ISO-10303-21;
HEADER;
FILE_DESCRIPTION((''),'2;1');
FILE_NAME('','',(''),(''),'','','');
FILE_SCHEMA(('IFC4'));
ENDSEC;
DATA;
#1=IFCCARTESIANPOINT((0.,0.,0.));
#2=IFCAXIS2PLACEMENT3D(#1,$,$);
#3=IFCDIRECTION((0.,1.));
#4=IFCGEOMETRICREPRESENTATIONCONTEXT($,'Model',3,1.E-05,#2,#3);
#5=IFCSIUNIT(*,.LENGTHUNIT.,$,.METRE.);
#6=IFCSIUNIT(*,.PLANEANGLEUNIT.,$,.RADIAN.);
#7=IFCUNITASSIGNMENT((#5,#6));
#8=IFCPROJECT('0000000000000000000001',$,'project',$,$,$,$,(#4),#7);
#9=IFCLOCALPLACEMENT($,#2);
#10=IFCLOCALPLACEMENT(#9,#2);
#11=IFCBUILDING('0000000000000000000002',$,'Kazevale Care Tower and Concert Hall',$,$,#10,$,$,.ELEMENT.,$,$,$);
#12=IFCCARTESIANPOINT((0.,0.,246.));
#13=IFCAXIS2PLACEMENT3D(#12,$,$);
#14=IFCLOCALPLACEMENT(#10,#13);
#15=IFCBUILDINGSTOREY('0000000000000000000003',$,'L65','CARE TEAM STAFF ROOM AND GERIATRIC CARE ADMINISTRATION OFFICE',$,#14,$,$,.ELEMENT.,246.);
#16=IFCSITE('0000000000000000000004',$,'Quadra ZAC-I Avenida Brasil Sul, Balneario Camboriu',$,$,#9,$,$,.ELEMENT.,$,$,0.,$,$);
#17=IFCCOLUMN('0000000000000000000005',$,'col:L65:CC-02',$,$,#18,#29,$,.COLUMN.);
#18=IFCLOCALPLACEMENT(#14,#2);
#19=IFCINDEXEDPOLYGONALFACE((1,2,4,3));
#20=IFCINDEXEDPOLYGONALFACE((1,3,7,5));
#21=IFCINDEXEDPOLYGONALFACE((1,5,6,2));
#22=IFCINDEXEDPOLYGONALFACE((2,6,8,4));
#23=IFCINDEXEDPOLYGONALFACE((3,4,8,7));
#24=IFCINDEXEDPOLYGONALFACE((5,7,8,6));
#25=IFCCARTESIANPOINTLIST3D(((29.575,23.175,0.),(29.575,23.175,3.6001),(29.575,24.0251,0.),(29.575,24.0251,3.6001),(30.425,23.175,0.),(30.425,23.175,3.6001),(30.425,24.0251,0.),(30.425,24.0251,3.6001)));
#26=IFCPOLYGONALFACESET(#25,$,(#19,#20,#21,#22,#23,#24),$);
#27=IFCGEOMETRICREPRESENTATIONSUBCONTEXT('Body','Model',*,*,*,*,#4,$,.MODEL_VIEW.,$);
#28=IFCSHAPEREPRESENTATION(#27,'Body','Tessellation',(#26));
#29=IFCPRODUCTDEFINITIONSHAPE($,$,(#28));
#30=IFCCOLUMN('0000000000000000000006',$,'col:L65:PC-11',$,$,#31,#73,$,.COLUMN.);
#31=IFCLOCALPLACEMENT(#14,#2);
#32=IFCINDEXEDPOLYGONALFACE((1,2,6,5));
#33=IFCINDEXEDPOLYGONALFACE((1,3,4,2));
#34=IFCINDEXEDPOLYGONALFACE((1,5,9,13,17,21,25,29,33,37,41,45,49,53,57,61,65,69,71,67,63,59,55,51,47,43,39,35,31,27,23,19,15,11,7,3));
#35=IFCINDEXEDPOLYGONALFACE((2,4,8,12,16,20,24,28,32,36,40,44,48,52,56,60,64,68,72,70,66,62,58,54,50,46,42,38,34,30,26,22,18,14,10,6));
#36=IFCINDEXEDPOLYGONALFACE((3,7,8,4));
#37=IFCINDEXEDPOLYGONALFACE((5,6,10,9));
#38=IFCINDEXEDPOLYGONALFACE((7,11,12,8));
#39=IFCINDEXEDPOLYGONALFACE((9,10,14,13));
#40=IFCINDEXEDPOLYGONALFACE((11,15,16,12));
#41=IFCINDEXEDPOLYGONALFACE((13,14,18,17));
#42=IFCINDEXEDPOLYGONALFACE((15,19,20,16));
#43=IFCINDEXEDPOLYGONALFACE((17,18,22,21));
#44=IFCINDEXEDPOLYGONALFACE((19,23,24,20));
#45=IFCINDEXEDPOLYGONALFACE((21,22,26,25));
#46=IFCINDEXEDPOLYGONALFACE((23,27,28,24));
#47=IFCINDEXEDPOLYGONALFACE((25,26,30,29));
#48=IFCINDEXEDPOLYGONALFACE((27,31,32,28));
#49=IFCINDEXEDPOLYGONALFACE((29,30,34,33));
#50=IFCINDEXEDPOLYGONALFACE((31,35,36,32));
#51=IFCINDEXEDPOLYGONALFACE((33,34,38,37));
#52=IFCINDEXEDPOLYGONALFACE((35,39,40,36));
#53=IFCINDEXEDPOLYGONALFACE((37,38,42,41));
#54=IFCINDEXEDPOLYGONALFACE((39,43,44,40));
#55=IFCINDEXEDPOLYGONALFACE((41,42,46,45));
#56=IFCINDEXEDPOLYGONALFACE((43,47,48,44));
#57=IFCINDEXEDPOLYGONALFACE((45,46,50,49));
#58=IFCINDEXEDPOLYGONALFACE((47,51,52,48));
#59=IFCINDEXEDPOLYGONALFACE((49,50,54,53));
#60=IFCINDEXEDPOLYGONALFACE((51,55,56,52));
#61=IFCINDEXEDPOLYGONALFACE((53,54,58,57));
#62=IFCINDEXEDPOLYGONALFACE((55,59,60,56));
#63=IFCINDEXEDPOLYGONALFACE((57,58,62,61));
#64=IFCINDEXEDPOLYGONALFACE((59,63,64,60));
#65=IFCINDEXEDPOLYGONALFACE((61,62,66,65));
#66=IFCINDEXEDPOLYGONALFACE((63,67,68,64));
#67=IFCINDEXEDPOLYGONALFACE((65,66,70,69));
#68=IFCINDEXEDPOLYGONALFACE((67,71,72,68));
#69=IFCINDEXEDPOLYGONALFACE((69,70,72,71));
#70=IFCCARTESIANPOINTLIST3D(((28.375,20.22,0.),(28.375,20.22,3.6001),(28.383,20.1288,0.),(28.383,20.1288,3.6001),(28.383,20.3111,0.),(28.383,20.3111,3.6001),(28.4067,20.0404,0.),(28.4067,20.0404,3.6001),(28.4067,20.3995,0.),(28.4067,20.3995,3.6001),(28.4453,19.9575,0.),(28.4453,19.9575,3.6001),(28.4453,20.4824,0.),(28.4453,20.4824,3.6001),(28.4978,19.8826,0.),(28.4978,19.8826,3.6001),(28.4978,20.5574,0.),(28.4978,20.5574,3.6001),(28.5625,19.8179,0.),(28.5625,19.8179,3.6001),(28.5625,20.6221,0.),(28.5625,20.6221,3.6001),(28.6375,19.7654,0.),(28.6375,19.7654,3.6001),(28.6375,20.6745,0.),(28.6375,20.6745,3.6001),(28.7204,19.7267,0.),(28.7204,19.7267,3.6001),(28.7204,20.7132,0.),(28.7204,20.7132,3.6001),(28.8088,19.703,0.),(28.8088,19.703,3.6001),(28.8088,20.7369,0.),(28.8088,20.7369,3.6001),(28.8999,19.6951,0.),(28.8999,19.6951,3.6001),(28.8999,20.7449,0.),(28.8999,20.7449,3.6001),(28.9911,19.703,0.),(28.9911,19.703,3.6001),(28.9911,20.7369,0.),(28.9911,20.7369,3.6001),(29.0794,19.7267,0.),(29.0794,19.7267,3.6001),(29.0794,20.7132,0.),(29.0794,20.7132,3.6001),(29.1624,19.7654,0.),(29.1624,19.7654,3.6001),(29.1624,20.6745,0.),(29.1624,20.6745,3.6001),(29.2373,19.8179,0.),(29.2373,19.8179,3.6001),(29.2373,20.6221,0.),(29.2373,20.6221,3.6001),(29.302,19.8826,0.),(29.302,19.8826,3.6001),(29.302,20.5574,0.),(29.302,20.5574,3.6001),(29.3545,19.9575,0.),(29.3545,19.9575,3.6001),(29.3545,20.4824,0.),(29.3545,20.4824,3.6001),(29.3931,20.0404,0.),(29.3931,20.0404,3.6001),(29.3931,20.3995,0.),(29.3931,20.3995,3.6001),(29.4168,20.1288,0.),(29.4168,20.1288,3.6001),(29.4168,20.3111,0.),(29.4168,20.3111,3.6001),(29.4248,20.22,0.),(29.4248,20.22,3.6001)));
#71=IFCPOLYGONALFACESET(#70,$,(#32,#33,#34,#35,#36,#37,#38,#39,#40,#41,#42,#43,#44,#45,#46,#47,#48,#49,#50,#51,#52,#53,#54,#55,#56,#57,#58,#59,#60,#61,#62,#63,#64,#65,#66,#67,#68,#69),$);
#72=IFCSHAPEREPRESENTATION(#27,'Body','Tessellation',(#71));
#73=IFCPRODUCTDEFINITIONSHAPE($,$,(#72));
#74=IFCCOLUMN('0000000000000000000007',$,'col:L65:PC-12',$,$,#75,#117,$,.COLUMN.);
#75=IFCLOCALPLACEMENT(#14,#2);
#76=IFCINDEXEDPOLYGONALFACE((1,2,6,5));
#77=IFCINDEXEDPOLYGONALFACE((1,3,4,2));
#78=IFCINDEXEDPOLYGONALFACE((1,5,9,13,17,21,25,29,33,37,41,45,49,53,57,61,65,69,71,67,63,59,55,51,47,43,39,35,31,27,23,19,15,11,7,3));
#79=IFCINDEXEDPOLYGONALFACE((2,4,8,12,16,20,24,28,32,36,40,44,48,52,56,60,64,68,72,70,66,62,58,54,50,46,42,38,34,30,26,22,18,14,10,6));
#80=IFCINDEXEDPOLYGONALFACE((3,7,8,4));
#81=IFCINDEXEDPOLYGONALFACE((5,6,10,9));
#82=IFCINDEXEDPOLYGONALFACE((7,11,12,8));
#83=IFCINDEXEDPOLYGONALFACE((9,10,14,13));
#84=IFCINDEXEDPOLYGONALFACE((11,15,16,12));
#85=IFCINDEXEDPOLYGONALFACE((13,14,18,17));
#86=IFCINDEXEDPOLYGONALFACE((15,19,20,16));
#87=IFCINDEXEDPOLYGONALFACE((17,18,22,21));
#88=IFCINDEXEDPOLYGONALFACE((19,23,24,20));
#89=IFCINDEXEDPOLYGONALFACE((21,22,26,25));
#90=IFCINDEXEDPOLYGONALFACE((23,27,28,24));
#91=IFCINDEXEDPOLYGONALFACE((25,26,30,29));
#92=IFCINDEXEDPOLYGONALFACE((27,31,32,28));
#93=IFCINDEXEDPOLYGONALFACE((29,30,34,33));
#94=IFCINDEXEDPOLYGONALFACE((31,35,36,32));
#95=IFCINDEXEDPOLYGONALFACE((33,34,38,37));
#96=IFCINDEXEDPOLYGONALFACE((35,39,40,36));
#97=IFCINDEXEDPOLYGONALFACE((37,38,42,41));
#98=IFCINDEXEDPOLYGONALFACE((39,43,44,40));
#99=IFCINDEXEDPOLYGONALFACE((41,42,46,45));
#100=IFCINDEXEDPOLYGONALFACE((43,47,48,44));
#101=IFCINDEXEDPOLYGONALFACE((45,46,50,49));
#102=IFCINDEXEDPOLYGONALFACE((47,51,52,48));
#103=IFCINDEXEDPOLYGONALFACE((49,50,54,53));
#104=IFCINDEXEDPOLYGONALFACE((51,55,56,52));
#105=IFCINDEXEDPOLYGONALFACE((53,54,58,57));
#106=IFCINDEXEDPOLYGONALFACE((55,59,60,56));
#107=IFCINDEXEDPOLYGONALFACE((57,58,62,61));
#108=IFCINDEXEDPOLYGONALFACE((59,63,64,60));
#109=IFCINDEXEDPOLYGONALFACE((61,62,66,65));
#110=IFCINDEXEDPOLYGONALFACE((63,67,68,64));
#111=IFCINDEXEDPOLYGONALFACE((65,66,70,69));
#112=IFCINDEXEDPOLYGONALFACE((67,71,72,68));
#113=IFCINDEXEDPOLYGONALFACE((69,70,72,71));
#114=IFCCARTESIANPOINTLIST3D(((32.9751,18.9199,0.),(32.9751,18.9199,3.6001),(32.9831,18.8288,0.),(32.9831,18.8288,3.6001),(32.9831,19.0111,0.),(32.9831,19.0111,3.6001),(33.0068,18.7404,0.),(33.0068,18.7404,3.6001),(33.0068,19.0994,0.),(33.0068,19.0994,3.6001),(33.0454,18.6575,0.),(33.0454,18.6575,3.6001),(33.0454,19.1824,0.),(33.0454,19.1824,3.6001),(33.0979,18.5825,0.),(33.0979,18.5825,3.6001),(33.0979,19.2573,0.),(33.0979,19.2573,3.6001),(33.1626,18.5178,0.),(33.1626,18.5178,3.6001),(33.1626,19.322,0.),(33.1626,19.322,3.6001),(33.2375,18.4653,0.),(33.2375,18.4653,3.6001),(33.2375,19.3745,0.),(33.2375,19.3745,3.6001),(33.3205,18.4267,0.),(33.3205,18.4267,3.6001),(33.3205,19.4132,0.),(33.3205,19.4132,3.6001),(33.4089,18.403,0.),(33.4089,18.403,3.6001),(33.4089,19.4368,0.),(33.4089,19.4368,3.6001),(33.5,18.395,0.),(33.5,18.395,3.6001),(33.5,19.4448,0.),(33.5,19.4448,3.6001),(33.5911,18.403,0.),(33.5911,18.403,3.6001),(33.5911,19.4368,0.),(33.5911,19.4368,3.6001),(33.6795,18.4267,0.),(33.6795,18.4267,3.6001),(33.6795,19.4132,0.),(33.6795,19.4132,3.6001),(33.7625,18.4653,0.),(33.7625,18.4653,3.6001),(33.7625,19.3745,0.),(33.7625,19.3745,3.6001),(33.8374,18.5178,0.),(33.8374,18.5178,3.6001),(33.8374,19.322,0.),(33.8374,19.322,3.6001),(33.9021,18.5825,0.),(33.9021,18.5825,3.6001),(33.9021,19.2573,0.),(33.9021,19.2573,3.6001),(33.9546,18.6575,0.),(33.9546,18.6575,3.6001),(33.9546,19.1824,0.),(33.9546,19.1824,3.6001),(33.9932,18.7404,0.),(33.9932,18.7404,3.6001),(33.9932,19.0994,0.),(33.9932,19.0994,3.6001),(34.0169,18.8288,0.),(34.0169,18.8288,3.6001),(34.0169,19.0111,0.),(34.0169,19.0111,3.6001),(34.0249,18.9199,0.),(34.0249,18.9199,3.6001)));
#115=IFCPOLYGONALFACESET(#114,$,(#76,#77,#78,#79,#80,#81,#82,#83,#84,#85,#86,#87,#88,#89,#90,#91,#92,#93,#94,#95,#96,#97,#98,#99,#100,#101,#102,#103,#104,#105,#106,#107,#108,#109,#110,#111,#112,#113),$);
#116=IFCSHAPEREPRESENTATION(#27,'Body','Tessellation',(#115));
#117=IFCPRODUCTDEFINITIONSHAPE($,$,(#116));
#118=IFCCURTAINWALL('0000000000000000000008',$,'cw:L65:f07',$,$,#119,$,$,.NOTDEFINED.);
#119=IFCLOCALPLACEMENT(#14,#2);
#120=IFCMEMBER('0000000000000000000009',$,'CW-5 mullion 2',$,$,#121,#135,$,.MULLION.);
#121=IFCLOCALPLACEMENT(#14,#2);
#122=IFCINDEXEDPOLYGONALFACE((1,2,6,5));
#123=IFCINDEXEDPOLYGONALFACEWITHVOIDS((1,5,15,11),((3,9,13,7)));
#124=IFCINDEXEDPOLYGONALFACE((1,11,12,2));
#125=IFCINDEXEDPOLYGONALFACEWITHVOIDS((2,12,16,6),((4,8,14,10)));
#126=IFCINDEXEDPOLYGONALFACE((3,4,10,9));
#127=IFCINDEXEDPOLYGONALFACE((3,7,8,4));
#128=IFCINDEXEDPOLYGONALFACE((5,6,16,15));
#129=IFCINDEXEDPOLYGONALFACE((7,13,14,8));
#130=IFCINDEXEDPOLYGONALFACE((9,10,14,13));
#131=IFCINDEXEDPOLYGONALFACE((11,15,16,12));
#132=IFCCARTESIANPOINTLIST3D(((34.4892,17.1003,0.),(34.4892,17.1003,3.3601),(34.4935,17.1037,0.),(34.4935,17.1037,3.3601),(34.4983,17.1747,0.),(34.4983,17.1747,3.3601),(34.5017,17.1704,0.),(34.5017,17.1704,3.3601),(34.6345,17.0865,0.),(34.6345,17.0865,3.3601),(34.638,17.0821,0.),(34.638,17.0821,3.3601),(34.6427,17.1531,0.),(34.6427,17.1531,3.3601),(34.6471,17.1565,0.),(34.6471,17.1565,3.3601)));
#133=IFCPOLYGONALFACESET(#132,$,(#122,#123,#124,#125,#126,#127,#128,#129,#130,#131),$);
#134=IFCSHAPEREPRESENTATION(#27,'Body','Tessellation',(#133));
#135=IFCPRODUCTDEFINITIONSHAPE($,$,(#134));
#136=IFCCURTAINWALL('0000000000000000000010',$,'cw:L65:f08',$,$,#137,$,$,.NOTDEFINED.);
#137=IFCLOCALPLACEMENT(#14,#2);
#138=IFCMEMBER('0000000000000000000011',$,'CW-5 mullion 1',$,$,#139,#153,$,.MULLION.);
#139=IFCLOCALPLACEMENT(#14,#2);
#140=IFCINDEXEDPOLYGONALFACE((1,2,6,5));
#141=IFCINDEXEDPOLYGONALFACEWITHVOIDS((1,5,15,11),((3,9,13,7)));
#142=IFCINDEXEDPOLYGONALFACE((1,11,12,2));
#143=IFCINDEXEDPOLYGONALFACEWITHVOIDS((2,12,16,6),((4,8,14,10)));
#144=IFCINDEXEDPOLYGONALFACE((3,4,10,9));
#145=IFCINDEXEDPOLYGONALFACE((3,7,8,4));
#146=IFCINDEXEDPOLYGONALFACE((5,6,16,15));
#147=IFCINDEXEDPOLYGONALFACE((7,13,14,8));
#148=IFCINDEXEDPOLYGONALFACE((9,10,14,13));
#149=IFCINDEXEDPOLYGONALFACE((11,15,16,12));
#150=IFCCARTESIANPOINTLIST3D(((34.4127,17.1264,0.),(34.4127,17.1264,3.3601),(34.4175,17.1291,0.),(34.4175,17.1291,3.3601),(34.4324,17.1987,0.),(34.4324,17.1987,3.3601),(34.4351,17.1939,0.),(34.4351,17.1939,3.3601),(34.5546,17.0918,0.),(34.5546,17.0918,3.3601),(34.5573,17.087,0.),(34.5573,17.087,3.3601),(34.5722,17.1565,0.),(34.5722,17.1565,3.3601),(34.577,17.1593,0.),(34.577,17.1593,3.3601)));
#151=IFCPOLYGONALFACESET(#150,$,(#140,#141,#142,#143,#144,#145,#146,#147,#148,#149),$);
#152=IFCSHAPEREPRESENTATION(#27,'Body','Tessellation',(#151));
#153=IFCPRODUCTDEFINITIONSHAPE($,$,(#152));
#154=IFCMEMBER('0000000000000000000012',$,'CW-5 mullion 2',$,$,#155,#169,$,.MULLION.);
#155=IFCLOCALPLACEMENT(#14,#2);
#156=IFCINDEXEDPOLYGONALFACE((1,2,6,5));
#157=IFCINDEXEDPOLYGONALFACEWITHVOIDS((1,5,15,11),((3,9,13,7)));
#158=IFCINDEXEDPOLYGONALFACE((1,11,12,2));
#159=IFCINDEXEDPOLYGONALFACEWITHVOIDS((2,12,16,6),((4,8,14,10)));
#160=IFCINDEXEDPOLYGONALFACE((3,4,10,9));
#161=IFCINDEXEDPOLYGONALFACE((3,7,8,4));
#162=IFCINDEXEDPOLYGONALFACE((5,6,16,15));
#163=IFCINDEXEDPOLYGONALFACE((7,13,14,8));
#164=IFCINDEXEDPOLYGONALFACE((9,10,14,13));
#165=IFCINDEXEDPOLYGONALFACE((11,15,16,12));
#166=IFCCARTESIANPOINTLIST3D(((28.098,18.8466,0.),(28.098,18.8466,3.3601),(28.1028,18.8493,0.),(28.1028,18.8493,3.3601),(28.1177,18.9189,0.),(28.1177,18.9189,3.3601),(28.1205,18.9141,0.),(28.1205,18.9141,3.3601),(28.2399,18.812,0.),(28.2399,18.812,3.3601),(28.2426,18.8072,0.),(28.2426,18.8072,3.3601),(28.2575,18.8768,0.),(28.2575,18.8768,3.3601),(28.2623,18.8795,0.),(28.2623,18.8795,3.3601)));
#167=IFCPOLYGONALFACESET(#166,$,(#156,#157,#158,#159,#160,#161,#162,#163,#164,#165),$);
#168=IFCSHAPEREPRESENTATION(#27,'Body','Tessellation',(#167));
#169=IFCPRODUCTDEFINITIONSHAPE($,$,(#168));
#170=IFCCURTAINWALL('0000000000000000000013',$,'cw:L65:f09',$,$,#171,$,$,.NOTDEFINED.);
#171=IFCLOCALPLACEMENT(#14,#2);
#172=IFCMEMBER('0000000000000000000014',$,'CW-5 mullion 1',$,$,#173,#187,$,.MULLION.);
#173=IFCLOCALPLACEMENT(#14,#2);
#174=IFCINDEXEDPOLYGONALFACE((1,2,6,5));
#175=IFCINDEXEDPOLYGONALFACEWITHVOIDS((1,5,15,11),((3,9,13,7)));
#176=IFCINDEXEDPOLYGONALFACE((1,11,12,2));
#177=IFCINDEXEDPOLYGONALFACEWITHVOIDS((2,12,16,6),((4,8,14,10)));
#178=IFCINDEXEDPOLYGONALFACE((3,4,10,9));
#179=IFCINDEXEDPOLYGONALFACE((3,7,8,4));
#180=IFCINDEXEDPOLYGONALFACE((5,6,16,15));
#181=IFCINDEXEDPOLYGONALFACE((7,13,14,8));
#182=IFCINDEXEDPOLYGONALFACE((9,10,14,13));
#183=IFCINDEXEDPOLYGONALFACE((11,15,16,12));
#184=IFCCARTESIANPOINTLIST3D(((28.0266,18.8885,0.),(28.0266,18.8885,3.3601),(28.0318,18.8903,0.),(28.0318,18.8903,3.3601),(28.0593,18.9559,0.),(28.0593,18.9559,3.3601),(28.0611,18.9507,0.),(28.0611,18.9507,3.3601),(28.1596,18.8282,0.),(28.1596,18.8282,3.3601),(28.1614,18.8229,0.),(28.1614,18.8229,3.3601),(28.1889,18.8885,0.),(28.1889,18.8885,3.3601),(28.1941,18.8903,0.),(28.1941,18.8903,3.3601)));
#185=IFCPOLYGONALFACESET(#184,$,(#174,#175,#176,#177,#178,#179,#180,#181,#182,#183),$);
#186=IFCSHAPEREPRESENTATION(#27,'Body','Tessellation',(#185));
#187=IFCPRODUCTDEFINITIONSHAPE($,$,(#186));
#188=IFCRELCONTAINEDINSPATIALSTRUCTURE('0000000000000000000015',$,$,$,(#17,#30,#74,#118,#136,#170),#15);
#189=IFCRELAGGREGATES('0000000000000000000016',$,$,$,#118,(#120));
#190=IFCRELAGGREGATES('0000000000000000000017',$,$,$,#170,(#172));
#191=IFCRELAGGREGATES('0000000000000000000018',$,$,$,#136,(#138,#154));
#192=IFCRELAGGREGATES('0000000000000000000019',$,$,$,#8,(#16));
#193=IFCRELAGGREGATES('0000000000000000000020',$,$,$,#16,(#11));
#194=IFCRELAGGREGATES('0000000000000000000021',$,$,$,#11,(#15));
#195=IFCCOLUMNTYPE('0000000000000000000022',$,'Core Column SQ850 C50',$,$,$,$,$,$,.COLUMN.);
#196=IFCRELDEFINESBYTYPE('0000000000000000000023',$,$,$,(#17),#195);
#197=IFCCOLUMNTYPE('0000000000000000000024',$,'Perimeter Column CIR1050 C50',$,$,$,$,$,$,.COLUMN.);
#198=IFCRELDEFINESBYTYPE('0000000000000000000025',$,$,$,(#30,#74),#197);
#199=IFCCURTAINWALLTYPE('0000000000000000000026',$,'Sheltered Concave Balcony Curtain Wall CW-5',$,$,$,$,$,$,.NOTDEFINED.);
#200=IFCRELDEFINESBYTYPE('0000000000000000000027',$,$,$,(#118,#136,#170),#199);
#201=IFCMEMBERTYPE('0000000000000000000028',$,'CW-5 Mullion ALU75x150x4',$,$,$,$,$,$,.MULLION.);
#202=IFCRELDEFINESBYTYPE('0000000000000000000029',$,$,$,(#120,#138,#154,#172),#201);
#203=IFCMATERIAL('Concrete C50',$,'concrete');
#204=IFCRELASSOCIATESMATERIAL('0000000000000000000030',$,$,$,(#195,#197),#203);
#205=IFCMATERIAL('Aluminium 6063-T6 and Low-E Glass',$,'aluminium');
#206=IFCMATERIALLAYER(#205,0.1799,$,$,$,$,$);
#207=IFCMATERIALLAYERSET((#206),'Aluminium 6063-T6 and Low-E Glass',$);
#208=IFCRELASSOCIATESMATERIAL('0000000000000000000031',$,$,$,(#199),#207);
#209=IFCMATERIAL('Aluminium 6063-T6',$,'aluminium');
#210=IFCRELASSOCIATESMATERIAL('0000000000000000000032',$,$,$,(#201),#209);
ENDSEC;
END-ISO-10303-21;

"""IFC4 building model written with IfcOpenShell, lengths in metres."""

from ifc_helpers import new_model, si_unit, direction, frame, origin, origin_2d, place, context, subcontext, project, spatial, rectangle, hollow_rectangle, circle, extrude, material, layer, layer_set, material_profile, profile_set, type_object, element, aggregate, save


model = new_model("IFC4")

# Units and contexts
model_context = context("Model", 3, precision=1e-05, world=origin(), true_north=direction((0.0, 1.0)))
body_context = subcontext(model_context, "Body", "Model", "MODEL_VIEW")
ifc_project = project(units=[si_unit("LENGTHUNIT", "METRE"), si_unit("PLANEANGLEUNIT", "RADIAN")], contexts=[model_context])

# Site, building, storey
site_placement = place(None, origin())
site = spatial("IfcSite", under=ifc_project, at=site_placement, Name="Quadra ZAC-I Avenida Brasil Sul, Balneario Camboriu", CompositionType="ELEMENT", RefElevation=0.0)
building_placement = place(site_placement, origin())
building = spatial("IfcBuilding", under=site, at=building_placement, Name="Kazevale Care Tower and Concert Hall", CompositionType="ELEMENT")
storey_placement = place(building_placement, frame((0.0, 0.0, 246.0)))
storey = spatial("IfcBuildingStorey", under=building, at=storey_placement, Name="L65", Description="CARE TEAM STAFF ROOM AND GERIATRIC CARE ADMINISTRATION OFFICE", CompositionType="ELEMENT", Elevation=246.0)

# Columns
ifc_material_1 = material(Name="Concrete C50", Category="concrete")
ifc_material_profile_1 = material_profile(ifc_material_1, rectangle(XDim=0.8501, YDim=0.8501, at=origin_2d()), Name="RC-SQ850")
ifc_profile_set_1 = profile_set([ifc_material_profile_1], Name="Concrete C50")
column_type_1 = type_object("IfcColumnType", Name="Core Column SQ850 C50", PredefinedType="COLUMN", material=ifc_profile_set_1)
column_placement = place(storey_placement, frame((30.0, 23.6001, 0.0), z_axis=(0.0, 0.0, 1.0), x_axis=(1.0, 0.0, 0.0)))
element("IfcColumn", 1, at=column_placement, inside=storey, type_object=column_type_1, Name="col:L65:CC-02", PredefinedType="COLUMN", context=body_context, shape_type="SweptSolid", body=[
    extrude(rectangle(XDim=0.8501, YDim=0.8501, at=origin_2d()), origin(), (0.0, 0.0, 1.0), 3.6001),
])
ifc_material_profile_2 = material_profile(ifc_material_1, circle(Radius=0.5249, at=origin_2d()), Name="RC-CIR1050")
ifc_profile_set_2 = profile_set([ifc_material_profile_2], Name="Concrete C50")
column_type_2 = type_object("IfcColumnType", Name="Perimeter Column CIR1050 C50", PredefinedType="COLUMN", material=ifc_profile_set_2)
for number, where, z_axis, x_axis, name in (
    (2, (28.8999, 20.22, 0.0), (0.0, 0.0, 1.0), (1.0, 0.0, 0.0), "col:L65:PC-11"),
    (3, (33.5, 18.9199, 0.0), (0.0, 0.0, 1.0), (1.0, 0.0, 0.0), "col:L65:PC-12"),
):
    element("IfcColumn", number, at=place(storey_placement, frame(where, z_axis=z_axis, x_axis=x_axis)), inside=storey, type_object=column_type_2, Name=name, PredefinedType="COLUMN", context=body_context, shape_type="SweptSolid", body=[
        extrude(circle(Radius=0.5249, at=origin_2d()), origin(), (0.0, 0.0, 1.0), 3.6001),
    ])

# Curtain wall, member
ifc_material_2 = material(Name="Aluminium 6063-T6 and Low-E Glass", Category="aluminium")
ifc_layer_1 = layer(ifc_material_2, 0.1799)
ifc_layer_set_1 = layer_set([ifc_layer_1], Name="Aluminium 6063-T6 and Low-E Glass")
curtain_wall_type = type_object("IfcCurtainWallType", Name="Sheltered Concave Balcony Curtain Wall CW-5", PredefinedType="NOTDEFINED", material=ifc_layer_set_1)
curtain_wall_1_placement = place(storey_placement, origin())
curtain_wall_1 = element("IfcCurtainWall", 4, at=curtain_wall_1_placement, inside=storey, type_object=curtain_wall_type, Name="cw:L65:f07", PredefinedType="NOTDEFINED")
ifc_material_3 = material(Name="Aluminium 6063-T6", Category="aluminium")
ifc_material_profile_3 = material_profile(ifc_material_3, hollow_rectangle(XDim=0.075, YDim=0.1499, WallThickness=0.0039, at=origin_2d()), Name="ALU75x150x4")
ifc_profile_set_3 = profile_set([ifc_material_profile_3], Name="Aluminium 6063-T6")
member_type_1 = type_object("IfcMemberType", Name="CW-5 Mullion ALU75x150x4", PredefinedType="MULLION", material=ifc_profile_set_3)
member_1_placement = place(storey_placement, frame((34.5681, 17.1284, 0.0), z_axis=(0.0, 0.0, 1.0), x_axis=(-0.121651, -0.992573, 0.0)))
member_1 = element("IfcMember", 5, at=member_1_placement, type_object=member_type_1, Name="CW-5 mullion 2", PredefinedType="MULLION", context=body_context, shape_type="SweptSolid", body=[
    extrude(hollow_rectangle(XDim=0.075, YDim=0.1499, WallThickness=0.0039, at=origin_2d()), origin(), (0.0, 0.0, 1.0), 3.3601),
])
aggregate(curtain_wall_1, [member_1])

# Curtain wall, members
curtain_wall_2_placement = place(storey_placement, origin())
curtain_wall_2 = element("IfcCurtainWall", 6, at=curtain_wall_2_placement, inside=storey, type_object=curtain_wall_type, Name="cw:L65:f08", PredefinedType="NOTDEFINED")
member_2_placement = place(storey_placement, frame((34.4949, 17.1428, 0.0), z_axis=(0.0, 0.0, 1.0), x_axis=(-0.262849, -0.964837, 0.0)))
member_2 = element("IfcMember", 7, at=member_2_placement, type_object=member_type_1, Name="CW-5 mullion 1", PredefinedType="MULLION", context=body_context, shape_type="SweptSolid", body=[
    extrude(hollow_rectangle(XDim=0.075, YDim=0.1499, WallThickness=0.0039, at=origin_2d()), origin(), (0.0, 0.0, 1.0), 3.3601),
])
member_3_placement = place(storey_placement, frame((28.1802, 18.863, 0.0), z_axis=(0.0, 0.0, 1.0), x_axis=(-0.262849, -0.964837, 0.0)))
member_3 = element("IfcMember", 8, at=member_3_placement, type_object=member_type_1, Name="CW-5 mullion 2", PredefinedType="MULLION", context=body_context, shape_type="SweptSolid", body=[
    extrude(hollow_rectangle(XDim=0.075, YDim=0.1499, WallThickness=0.0039, at=origin_2d()), origin(), (0.0, 0.0, 1.0), 3.3601),
])

# Curtain wall, member
curtain_wall_3_placement = place(storey_placement, origin())
curtain_wall_3 = element("IfcCurtainWall", 9, at=curtain_wall_3_placement, inside=storey, type_object=curtain_wall_type, Name="cw:L65:f09", PredefinedType="NOTDEFINED")
member_4_placement = place(storey_placement, frame((28.1104, 18.8894, 0.0), z_axis=(0.0, 0.0, 1.0), x_axis=(-0.437238, -0.899346, 0.0)))
member_4 = element("IfcMember", 10, at=member_4_placement, type_object=member_type_1, Name="CW-5 mullion 1", PredefinedType="MULLION", context=body_context, shape_type="SweptSolid", body=[
    extrude(hollow_rectangle(XDim=0.075, YDim=0.1499, WallThickness=0.0039, at=origin_2d()), origin(), (0.0, 0.0, 1.0), 3.3601),
])

aggregate(curtain_wall_3, [member_4])

aggregate(curtain_wall_2, [member_2, member_3])

save(model, "model.ifc")
